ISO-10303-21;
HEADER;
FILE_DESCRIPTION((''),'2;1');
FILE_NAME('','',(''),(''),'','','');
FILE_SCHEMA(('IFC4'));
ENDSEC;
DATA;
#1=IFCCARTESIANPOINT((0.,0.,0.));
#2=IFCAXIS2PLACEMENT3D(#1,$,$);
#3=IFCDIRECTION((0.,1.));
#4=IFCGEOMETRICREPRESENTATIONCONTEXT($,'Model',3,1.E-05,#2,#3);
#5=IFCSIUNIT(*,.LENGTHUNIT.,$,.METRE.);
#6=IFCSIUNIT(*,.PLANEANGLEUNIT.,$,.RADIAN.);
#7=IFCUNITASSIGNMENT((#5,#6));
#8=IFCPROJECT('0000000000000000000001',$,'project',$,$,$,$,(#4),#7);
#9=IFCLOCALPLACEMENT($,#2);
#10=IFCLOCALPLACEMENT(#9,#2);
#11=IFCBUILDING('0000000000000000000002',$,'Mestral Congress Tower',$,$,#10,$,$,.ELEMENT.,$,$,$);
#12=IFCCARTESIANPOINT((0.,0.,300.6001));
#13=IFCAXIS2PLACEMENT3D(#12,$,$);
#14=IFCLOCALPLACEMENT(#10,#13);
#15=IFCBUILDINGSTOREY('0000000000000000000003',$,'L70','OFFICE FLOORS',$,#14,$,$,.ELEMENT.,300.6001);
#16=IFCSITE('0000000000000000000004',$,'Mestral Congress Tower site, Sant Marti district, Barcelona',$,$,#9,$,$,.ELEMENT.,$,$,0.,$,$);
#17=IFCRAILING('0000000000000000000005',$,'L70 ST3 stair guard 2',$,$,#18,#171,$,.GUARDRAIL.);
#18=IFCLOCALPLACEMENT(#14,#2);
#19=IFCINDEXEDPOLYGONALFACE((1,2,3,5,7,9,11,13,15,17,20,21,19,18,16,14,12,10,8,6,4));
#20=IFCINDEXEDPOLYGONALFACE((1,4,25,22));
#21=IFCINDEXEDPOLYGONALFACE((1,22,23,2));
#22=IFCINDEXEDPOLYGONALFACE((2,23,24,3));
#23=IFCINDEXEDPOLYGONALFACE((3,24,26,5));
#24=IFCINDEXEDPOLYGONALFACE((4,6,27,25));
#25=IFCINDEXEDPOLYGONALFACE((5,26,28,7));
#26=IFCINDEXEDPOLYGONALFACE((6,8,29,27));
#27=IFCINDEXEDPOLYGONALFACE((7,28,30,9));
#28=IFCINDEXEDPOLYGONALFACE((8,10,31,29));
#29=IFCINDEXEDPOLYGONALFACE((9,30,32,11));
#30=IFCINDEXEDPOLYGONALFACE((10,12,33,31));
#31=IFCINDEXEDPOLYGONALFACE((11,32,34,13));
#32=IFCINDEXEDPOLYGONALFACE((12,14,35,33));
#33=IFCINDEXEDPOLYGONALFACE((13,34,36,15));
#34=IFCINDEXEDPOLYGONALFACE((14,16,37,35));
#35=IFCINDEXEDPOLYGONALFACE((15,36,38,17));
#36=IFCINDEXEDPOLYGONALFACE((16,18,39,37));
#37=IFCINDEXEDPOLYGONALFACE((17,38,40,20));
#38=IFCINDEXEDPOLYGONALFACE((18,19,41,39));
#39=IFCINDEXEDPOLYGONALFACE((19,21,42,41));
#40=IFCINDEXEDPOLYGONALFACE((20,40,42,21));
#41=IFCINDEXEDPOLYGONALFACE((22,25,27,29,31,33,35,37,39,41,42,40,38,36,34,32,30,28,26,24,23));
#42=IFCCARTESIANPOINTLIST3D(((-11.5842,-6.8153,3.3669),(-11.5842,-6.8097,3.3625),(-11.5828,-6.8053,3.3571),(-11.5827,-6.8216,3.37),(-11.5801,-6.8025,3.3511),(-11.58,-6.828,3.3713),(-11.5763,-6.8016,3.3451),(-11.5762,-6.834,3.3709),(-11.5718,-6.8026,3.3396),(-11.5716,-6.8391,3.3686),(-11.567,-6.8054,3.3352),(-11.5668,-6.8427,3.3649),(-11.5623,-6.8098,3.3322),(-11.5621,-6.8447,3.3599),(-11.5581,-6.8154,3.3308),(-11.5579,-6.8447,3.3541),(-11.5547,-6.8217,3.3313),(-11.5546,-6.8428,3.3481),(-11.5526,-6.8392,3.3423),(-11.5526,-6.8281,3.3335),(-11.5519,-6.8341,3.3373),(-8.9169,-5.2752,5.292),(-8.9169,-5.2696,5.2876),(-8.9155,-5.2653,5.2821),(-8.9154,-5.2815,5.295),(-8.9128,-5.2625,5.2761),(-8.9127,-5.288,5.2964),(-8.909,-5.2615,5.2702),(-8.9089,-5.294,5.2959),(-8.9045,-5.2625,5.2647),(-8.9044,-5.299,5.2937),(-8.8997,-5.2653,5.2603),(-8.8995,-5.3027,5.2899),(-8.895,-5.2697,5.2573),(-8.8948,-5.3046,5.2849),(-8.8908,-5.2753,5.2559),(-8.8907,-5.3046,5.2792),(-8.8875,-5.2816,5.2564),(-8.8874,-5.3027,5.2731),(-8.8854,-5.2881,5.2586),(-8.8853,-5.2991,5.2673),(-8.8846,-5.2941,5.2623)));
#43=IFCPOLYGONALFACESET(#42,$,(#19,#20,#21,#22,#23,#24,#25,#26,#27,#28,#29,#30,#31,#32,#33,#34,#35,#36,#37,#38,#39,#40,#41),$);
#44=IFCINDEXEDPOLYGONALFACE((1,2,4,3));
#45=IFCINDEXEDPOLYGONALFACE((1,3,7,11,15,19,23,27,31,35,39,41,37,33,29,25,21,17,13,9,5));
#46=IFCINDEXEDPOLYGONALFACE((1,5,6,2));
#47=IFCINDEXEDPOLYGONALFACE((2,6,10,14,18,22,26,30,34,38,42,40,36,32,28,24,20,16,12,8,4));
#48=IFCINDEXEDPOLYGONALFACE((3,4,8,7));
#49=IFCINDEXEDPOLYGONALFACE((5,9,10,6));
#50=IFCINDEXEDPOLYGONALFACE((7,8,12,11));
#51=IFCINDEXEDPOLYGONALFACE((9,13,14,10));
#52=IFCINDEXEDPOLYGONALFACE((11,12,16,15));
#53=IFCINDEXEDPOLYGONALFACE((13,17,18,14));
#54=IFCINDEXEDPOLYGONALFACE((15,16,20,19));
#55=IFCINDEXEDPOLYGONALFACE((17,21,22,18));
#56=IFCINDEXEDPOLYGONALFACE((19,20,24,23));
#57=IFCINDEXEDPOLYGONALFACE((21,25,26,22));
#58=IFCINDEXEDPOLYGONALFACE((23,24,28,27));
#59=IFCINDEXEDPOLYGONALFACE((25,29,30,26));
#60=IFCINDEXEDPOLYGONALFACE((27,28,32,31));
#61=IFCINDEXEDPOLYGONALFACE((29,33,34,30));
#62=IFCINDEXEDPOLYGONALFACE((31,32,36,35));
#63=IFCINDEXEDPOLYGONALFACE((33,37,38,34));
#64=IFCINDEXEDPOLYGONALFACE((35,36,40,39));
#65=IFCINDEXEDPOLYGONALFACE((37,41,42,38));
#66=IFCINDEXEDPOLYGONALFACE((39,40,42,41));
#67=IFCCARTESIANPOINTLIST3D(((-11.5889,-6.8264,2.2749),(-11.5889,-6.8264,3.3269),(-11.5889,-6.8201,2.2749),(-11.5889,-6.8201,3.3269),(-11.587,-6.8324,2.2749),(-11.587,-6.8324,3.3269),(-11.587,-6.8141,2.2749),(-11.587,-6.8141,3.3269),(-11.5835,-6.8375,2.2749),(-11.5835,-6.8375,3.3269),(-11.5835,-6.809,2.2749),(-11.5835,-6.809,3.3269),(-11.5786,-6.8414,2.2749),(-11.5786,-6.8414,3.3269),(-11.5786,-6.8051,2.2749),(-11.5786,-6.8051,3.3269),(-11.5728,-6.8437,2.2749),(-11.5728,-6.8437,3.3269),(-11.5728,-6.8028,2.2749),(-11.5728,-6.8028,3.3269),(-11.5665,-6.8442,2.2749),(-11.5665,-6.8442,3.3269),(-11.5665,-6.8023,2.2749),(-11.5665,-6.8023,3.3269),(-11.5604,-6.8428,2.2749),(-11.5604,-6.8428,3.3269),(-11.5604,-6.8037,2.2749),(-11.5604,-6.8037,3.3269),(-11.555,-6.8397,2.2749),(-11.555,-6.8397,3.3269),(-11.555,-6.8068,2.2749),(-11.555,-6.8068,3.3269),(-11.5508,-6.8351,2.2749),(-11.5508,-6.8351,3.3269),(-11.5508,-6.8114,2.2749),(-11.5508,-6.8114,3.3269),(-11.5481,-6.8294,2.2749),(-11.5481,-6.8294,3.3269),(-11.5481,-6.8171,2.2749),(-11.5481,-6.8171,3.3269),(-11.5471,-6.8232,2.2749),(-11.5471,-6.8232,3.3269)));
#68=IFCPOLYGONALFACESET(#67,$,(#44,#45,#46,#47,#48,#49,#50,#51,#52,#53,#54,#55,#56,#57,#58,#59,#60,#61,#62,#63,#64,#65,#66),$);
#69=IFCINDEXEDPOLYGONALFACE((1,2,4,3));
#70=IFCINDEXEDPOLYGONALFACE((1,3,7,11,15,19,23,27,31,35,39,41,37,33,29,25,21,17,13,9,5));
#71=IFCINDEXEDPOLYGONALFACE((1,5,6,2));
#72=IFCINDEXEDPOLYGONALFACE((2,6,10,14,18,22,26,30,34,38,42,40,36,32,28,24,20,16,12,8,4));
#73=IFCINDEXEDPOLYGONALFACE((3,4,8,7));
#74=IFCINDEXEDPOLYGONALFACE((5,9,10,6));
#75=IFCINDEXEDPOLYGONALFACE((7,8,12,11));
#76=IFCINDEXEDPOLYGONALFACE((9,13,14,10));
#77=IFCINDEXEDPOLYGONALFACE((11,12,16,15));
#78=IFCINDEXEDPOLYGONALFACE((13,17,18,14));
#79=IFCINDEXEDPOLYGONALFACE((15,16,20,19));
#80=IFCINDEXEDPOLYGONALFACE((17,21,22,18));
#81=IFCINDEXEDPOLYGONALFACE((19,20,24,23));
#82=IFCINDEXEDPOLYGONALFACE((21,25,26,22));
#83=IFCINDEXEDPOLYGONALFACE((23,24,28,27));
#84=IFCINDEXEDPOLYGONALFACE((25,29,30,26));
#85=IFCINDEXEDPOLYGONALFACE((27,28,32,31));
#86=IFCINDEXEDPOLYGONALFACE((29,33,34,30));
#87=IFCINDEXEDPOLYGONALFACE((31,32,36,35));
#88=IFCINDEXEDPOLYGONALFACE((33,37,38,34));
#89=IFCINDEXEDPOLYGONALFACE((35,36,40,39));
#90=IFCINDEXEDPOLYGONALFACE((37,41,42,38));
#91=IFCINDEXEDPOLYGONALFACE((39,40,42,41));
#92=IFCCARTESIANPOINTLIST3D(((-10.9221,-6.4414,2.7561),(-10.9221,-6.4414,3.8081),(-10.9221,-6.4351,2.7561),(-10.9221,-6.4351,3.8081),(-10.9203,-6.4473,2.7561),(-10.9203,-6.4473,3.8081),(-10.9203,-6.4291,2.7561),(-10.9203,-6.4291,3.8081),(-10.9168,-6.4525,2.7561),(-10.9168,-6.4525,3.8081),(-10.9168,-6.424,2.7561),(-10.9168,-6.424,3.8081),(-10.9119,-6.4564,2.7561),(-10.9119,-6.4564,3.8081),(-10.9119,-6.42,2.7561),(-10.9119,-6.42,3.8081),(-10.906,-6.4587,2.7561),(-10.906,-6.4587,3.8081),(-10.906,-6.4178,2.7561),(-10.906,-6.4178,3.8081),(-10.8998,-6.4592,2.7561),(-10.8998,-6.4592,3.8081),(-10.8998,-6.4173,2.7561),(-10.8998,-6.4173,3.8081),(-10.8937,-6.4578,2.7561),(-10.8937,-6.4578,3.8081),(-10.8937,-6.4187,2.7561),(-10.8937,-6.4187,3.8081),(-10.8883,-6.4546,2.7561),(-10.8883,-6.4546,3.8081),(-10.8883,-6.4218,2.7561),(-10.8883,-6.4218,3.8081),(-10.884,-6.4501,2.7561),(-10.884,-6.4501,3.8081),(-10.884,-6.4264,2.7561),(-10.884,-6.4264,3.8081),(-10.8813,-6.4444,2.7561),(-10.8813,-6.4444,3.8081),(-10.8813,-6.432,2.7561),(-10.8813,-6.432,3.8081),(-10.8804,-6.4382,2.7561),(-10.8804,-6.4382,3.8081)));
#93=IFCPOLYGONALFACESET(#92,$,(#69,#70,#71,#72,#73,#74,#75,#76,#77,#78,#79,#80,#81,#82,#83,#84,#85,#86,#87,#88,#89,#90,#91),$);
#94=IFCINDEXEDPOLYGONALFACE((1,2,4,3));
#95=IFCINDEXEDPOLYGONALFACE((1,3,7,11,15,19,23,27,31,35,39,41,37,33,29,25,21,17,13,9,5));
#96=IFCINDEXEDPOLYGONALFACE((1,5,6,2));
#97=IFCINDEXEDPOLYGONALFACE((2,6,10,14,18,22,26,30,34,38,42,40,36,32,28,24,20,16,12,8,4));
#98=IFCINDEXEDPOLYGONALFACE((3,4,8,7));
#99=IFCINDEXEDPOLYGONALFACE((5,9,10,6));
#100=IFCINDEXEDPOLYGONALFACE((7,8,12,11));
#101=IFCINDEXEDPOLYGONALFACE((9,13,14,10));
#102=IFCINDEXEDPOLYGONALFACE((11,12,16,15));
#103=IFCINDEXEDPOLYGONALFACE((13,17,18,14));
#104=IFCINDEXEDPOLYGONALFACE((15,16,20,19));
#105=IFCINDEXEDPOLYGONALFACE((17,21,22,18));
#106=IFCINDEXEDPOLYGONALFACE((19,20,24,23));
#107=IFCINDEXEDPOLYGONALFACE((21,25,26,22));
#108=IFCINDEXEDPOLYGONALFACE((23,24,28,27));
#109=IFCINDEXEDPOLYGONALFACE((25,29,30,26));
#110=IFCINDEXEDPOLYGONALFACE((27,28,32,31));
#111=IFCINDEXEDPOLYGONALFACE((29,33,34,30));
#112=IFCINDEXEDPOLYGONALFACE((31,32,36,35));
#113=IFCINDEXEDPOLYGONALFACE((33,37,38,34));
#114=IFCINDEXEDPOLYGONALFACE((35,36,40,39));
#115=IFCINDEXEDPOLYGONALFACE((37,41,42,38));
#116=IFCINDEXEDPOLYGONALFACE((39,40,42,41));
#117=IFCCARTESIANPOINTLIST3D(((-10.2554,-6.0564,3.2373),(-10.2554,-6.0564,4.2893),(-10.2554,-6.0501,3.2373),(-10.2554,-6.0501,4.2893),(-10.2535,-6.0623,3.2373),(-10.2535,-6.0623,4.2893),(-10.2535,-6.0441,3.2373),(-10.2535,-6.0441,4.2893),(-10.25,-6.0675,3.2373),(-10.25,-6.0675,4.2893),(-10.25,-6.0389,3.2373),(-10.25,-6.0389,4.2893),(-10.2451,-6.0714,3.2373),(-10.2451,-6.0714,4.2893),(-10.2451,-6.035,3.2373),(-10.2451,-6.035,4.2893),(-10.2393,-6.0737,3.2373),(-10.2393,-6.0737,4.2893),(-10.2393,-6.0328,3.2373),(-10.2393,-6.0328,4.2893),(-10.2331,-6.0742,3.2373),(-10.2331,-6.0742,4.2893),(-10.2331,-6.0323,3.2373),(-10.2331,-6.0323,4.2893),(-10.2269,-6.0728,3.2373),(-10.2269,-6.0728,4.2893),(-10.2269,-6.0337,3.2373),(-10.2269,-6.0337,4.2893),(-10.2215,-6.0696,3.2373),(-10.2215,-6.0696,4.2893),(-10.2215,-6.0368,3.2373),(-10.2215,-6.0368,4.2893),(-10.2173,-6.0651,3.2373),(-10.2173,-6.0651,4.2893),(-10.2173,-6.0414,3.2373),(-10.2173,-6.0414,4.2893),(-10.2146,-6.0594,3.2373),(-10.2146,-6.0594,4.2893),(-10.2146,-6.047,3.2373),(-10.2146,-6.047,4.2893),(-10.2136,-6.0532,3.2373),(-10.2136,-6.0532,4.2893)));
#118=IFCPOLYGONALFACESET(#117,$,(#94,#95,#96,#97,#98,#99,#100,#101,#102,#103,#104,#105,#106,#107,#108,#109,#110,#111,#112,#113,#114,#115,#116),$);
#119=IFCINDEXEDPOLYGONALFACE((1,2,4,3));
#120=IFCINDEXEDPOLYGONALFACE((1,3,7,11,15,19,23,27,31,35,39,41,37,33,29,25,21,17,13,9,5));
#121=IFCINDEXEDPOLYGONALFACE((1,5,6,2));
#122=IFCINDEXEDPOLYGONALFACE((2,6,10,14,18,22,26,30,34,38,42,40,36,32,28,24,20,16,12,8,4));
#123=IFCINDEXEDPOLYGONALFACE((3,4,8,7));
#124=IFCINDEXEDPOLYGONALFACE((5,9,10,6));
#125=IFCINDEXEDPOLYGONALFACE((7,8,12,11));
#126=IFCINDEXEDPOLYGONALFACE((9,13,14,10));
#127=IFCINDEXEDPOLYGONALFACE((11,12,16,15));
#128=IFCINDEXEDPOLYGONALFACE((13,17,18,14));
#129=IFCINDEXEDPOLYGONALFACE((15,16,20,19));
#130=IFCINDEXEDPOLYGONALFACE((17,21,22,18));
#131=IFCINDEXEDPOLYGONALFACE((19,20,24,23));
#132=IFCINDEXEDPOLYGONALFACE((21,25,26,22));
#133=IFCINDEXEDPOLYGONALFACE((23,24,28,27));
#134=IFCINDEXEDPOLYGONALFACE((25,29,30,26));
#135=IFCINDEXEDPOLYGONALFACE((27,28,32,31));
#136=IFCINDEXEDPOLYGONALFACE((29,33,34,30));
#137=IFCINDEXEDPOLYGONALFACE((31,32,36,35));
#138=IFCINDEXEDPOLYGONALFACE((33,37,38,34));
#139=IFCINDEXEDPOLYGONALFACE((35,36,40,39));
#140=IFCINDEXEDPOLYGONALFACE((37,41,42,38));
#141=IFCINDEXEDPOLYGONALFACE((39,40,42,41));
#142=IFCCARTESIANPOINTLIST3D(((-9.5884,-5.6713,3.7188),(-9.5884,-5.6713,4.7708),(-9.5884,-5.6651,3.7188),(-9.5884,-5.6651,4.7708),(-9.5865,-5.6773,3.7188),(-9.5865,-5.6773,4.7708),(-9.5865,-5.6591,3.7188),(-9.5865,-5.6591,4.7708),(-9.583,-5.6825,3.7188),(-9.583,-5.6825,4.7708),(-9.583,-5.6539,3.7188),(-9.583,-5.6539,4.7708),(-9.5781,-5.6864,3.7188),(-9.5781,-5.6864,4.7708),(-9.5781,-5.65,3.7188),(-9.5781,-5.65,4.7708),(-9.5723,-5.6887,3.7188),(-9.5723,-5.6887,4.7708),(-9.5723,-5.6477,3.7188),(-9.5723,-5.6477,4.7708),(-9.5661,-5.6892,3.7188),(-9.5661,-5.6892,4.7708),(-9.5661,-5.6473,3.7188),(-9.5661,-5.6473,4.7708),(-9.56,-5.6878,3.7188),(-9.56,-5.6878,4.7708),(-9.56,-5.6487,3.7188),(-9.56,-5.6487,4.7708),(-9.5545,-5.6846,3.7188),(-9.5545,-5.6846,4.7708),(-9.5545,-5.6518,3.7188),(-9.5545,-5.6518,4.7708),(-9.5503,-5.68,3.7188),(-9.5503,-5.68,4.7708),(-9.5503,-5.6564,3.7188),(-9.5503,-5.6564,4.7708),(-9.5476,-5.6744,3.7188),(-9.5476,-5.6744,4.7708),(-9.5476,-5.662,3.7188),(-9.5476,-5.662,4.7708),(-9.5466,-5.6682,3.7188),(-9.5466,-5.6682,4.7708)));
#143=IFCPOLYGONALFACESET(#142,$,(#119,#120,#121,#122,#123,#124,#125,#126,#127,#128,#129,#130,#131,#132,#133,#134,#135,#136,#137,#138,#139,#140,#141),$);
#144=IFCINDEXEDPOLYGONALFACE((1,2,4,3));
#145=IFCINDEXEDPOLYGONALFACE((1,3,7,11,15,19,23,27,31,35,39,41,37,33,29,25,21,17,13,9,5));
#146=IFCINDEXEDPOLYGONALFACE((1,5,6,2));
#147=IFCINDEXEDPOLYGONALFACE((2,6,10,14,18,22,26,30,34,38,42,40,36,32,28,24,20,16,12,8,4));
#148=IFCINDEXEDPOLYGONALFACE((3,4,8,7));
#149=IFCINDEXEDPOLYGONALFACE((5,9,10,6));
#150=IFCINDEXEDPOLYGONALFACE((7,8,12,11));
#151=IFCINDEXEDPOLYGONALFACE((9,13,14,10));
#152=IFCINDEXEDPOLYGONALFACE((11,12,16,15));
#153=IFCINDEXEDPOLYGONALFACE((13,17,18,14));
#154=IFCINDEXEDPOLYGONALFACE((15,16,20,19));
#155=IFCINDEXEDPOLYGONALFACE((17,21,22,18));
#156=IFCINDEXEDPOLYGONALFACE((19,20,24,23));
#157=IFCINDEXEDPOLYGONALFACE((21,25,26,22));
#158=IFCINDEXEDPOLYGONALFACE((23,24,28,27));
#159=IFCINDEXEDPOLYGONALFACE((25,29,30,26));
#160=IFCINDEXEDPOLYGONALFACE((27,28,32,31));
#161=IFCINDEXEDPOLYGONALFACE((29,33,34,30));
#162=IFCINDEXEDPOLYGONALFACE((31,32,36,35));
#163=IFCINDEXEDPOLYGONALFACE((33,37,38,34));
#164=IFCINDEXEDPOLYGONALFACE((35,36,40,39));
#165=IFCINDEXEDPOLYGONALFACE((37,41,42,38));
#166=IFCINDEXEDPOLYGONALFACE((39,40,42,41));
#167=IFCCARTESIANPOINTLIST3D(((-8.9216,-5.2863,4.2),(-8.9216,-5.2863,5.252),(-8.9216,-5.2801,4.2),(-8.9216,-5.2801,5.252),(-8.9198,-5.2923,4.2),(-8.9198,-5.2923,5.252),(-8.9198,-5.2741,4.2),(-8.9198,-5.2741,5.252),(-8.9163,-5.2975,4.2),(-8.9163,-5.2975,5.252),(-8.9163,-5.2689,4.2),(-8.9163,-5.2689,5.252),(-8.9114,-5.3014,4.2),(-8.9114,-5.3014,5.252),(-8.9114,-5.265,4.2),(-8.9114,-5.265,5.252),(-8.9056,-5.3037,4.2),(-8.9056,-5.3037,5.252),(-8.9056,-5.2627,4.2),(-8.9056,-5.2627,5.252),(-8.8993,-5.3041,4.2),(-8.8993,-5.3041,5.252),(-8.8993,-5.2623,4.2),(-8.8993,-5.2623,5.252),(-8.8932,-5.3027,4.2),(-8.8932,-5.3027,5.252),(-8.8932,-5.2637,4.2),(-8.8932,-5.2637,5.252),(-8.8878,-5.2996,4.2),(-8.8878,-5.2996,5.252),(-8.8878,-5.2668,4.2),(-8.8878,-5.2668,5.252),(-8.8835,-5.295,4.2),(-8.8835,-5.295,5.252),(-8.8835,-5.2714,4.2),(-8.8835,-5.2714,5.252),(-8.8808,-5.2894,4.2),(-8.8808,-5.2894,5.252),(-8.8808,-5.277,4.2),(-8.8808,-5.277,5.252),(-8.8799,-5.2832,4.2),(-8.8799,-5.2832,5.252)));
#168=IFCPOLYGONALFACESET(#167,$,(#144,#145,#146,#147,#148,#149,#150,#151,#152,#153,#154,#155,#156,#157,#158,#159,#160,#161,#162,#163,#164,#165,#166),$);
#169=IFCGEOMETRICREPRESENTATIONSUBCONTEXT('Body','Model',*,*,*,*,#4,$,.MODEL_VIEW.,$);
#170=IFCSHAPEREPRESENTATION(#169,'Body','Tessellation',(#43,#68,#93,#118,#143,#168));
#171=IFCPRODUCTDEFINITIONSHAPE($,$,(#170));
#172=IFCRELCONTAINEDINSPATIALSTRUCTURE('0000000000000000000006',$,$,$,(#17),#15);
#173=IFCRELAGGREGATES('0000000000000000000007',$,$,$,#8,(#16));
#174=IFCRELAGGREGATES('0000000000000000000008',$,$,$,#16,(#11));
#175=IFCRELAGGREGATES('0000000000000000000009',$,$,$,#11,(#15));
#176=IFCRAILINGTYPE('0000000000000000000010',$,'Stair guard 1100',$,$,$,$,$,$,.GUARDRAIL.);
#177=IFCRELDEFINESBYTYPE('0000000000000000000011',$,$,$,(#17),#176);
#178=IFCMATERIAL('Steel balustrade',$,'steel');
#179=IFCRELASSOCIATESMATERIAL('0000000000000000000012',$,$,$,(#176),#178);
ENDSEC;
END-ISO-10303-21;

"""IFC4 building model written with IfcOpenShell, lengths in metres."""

from ifc_helpers import new_model, si_unit, direction, frame, origin, origin_2d, place, context, subcontext, project, spatial, circle, extrude, material, type_object, element, save


model = new_model("IFC4")

# Units and contexts
model_context = context("Model", 3, precision=1e-05, world=origin(), true_north=direction((0.0, 1.0)))
body_context = subcontext(model_context, "Body", "Model", "MODEL_VIEW")
ifc_project = project(units=[si_unit("LENGTHUNIT", "METRE"), si_unit("PLANEANGLEUNIT", "RADIAN")], contexts=[model_context])

# Site, building, storey
site_placement = place(None, origin())
site = spatial("IfcSite", under=ifc_project, at=site_placement, Name="Mestral Congress Tower site, Sant Marti district, Barcelona", CompositionType="ELEMENT", RefElevation=0.0)
building_placement = place(site_placement, origin())
building = spatial("IfcBuilding", under=site, at=building_placement, Name="Mestral Congress Tower", CompositionType="ELEMENT")
storey_placement = place(building_placement, frame((0.0, 0.0, 300.6001)))
storey = spatial("IfcBuildingStorey", under=building, at=storey_placement, Name="L70", Description="OFFICE FLOORS", CompositionType="ELEMENT", Elevation=300.6001)

# Railing
ifc_material_1 = material(Name="Steel balustrade", Category="steel")
railing_type = type_object("IfcRailingType", Name="Stair guard 1100", PredefinedType="GUARDRAIL", material=ifc_material_1)
railing_placement = place(storey_placement, frame((-11.5681, -6.8232, 2.2749)))
element("IfcRailing", 1, at=railing_placement, inside=storey, type_object=railing_type, Name="L70 ST3 stair guard 2", PredefinedType="GUARDRAIL", context=body_context, shape_type="SweptSolid", body=[
    extrude(circle(Radius=0.0239, at=origin_2d()), frame((0.0, 0.0, 1.0762), z_axis=(0.734364, 0.424015, 0.530019), x_axis=(-0.500027, 0.86601, 0.0)), (0.0, 0.0, 1.0), 3.6321),
    extrude(circle(Radius=0.021, at=origin_2d()), origin(), (0.0, 0.0, 1.0), 1.052),
    extrude(circle(Radius=0.021, at=origin_2d()), frame((0.6667, 0.385, 0.4812)), (0.0, 0.0, 1.0), 1.052),
    extrude(circle(Radius=0.021, at=origin_2d()), frame((1.3335, 0.77, 0.9624)), (0.0, 0.0, 1.0), 1.052),
    extrude(circle(Radius=0.021, at=origin_2d()), frame((2.0005, 1.155, 1.4438)), (0.0, 0.0, 1.0), 1.052),
    extrude(circle(Radius=0.021, at=origin_2d()), frame((2.6672, 1.54, 1.925)), (0.0, 0.0, 1.0), 1.052),
])

save(model, "model.ifc")
